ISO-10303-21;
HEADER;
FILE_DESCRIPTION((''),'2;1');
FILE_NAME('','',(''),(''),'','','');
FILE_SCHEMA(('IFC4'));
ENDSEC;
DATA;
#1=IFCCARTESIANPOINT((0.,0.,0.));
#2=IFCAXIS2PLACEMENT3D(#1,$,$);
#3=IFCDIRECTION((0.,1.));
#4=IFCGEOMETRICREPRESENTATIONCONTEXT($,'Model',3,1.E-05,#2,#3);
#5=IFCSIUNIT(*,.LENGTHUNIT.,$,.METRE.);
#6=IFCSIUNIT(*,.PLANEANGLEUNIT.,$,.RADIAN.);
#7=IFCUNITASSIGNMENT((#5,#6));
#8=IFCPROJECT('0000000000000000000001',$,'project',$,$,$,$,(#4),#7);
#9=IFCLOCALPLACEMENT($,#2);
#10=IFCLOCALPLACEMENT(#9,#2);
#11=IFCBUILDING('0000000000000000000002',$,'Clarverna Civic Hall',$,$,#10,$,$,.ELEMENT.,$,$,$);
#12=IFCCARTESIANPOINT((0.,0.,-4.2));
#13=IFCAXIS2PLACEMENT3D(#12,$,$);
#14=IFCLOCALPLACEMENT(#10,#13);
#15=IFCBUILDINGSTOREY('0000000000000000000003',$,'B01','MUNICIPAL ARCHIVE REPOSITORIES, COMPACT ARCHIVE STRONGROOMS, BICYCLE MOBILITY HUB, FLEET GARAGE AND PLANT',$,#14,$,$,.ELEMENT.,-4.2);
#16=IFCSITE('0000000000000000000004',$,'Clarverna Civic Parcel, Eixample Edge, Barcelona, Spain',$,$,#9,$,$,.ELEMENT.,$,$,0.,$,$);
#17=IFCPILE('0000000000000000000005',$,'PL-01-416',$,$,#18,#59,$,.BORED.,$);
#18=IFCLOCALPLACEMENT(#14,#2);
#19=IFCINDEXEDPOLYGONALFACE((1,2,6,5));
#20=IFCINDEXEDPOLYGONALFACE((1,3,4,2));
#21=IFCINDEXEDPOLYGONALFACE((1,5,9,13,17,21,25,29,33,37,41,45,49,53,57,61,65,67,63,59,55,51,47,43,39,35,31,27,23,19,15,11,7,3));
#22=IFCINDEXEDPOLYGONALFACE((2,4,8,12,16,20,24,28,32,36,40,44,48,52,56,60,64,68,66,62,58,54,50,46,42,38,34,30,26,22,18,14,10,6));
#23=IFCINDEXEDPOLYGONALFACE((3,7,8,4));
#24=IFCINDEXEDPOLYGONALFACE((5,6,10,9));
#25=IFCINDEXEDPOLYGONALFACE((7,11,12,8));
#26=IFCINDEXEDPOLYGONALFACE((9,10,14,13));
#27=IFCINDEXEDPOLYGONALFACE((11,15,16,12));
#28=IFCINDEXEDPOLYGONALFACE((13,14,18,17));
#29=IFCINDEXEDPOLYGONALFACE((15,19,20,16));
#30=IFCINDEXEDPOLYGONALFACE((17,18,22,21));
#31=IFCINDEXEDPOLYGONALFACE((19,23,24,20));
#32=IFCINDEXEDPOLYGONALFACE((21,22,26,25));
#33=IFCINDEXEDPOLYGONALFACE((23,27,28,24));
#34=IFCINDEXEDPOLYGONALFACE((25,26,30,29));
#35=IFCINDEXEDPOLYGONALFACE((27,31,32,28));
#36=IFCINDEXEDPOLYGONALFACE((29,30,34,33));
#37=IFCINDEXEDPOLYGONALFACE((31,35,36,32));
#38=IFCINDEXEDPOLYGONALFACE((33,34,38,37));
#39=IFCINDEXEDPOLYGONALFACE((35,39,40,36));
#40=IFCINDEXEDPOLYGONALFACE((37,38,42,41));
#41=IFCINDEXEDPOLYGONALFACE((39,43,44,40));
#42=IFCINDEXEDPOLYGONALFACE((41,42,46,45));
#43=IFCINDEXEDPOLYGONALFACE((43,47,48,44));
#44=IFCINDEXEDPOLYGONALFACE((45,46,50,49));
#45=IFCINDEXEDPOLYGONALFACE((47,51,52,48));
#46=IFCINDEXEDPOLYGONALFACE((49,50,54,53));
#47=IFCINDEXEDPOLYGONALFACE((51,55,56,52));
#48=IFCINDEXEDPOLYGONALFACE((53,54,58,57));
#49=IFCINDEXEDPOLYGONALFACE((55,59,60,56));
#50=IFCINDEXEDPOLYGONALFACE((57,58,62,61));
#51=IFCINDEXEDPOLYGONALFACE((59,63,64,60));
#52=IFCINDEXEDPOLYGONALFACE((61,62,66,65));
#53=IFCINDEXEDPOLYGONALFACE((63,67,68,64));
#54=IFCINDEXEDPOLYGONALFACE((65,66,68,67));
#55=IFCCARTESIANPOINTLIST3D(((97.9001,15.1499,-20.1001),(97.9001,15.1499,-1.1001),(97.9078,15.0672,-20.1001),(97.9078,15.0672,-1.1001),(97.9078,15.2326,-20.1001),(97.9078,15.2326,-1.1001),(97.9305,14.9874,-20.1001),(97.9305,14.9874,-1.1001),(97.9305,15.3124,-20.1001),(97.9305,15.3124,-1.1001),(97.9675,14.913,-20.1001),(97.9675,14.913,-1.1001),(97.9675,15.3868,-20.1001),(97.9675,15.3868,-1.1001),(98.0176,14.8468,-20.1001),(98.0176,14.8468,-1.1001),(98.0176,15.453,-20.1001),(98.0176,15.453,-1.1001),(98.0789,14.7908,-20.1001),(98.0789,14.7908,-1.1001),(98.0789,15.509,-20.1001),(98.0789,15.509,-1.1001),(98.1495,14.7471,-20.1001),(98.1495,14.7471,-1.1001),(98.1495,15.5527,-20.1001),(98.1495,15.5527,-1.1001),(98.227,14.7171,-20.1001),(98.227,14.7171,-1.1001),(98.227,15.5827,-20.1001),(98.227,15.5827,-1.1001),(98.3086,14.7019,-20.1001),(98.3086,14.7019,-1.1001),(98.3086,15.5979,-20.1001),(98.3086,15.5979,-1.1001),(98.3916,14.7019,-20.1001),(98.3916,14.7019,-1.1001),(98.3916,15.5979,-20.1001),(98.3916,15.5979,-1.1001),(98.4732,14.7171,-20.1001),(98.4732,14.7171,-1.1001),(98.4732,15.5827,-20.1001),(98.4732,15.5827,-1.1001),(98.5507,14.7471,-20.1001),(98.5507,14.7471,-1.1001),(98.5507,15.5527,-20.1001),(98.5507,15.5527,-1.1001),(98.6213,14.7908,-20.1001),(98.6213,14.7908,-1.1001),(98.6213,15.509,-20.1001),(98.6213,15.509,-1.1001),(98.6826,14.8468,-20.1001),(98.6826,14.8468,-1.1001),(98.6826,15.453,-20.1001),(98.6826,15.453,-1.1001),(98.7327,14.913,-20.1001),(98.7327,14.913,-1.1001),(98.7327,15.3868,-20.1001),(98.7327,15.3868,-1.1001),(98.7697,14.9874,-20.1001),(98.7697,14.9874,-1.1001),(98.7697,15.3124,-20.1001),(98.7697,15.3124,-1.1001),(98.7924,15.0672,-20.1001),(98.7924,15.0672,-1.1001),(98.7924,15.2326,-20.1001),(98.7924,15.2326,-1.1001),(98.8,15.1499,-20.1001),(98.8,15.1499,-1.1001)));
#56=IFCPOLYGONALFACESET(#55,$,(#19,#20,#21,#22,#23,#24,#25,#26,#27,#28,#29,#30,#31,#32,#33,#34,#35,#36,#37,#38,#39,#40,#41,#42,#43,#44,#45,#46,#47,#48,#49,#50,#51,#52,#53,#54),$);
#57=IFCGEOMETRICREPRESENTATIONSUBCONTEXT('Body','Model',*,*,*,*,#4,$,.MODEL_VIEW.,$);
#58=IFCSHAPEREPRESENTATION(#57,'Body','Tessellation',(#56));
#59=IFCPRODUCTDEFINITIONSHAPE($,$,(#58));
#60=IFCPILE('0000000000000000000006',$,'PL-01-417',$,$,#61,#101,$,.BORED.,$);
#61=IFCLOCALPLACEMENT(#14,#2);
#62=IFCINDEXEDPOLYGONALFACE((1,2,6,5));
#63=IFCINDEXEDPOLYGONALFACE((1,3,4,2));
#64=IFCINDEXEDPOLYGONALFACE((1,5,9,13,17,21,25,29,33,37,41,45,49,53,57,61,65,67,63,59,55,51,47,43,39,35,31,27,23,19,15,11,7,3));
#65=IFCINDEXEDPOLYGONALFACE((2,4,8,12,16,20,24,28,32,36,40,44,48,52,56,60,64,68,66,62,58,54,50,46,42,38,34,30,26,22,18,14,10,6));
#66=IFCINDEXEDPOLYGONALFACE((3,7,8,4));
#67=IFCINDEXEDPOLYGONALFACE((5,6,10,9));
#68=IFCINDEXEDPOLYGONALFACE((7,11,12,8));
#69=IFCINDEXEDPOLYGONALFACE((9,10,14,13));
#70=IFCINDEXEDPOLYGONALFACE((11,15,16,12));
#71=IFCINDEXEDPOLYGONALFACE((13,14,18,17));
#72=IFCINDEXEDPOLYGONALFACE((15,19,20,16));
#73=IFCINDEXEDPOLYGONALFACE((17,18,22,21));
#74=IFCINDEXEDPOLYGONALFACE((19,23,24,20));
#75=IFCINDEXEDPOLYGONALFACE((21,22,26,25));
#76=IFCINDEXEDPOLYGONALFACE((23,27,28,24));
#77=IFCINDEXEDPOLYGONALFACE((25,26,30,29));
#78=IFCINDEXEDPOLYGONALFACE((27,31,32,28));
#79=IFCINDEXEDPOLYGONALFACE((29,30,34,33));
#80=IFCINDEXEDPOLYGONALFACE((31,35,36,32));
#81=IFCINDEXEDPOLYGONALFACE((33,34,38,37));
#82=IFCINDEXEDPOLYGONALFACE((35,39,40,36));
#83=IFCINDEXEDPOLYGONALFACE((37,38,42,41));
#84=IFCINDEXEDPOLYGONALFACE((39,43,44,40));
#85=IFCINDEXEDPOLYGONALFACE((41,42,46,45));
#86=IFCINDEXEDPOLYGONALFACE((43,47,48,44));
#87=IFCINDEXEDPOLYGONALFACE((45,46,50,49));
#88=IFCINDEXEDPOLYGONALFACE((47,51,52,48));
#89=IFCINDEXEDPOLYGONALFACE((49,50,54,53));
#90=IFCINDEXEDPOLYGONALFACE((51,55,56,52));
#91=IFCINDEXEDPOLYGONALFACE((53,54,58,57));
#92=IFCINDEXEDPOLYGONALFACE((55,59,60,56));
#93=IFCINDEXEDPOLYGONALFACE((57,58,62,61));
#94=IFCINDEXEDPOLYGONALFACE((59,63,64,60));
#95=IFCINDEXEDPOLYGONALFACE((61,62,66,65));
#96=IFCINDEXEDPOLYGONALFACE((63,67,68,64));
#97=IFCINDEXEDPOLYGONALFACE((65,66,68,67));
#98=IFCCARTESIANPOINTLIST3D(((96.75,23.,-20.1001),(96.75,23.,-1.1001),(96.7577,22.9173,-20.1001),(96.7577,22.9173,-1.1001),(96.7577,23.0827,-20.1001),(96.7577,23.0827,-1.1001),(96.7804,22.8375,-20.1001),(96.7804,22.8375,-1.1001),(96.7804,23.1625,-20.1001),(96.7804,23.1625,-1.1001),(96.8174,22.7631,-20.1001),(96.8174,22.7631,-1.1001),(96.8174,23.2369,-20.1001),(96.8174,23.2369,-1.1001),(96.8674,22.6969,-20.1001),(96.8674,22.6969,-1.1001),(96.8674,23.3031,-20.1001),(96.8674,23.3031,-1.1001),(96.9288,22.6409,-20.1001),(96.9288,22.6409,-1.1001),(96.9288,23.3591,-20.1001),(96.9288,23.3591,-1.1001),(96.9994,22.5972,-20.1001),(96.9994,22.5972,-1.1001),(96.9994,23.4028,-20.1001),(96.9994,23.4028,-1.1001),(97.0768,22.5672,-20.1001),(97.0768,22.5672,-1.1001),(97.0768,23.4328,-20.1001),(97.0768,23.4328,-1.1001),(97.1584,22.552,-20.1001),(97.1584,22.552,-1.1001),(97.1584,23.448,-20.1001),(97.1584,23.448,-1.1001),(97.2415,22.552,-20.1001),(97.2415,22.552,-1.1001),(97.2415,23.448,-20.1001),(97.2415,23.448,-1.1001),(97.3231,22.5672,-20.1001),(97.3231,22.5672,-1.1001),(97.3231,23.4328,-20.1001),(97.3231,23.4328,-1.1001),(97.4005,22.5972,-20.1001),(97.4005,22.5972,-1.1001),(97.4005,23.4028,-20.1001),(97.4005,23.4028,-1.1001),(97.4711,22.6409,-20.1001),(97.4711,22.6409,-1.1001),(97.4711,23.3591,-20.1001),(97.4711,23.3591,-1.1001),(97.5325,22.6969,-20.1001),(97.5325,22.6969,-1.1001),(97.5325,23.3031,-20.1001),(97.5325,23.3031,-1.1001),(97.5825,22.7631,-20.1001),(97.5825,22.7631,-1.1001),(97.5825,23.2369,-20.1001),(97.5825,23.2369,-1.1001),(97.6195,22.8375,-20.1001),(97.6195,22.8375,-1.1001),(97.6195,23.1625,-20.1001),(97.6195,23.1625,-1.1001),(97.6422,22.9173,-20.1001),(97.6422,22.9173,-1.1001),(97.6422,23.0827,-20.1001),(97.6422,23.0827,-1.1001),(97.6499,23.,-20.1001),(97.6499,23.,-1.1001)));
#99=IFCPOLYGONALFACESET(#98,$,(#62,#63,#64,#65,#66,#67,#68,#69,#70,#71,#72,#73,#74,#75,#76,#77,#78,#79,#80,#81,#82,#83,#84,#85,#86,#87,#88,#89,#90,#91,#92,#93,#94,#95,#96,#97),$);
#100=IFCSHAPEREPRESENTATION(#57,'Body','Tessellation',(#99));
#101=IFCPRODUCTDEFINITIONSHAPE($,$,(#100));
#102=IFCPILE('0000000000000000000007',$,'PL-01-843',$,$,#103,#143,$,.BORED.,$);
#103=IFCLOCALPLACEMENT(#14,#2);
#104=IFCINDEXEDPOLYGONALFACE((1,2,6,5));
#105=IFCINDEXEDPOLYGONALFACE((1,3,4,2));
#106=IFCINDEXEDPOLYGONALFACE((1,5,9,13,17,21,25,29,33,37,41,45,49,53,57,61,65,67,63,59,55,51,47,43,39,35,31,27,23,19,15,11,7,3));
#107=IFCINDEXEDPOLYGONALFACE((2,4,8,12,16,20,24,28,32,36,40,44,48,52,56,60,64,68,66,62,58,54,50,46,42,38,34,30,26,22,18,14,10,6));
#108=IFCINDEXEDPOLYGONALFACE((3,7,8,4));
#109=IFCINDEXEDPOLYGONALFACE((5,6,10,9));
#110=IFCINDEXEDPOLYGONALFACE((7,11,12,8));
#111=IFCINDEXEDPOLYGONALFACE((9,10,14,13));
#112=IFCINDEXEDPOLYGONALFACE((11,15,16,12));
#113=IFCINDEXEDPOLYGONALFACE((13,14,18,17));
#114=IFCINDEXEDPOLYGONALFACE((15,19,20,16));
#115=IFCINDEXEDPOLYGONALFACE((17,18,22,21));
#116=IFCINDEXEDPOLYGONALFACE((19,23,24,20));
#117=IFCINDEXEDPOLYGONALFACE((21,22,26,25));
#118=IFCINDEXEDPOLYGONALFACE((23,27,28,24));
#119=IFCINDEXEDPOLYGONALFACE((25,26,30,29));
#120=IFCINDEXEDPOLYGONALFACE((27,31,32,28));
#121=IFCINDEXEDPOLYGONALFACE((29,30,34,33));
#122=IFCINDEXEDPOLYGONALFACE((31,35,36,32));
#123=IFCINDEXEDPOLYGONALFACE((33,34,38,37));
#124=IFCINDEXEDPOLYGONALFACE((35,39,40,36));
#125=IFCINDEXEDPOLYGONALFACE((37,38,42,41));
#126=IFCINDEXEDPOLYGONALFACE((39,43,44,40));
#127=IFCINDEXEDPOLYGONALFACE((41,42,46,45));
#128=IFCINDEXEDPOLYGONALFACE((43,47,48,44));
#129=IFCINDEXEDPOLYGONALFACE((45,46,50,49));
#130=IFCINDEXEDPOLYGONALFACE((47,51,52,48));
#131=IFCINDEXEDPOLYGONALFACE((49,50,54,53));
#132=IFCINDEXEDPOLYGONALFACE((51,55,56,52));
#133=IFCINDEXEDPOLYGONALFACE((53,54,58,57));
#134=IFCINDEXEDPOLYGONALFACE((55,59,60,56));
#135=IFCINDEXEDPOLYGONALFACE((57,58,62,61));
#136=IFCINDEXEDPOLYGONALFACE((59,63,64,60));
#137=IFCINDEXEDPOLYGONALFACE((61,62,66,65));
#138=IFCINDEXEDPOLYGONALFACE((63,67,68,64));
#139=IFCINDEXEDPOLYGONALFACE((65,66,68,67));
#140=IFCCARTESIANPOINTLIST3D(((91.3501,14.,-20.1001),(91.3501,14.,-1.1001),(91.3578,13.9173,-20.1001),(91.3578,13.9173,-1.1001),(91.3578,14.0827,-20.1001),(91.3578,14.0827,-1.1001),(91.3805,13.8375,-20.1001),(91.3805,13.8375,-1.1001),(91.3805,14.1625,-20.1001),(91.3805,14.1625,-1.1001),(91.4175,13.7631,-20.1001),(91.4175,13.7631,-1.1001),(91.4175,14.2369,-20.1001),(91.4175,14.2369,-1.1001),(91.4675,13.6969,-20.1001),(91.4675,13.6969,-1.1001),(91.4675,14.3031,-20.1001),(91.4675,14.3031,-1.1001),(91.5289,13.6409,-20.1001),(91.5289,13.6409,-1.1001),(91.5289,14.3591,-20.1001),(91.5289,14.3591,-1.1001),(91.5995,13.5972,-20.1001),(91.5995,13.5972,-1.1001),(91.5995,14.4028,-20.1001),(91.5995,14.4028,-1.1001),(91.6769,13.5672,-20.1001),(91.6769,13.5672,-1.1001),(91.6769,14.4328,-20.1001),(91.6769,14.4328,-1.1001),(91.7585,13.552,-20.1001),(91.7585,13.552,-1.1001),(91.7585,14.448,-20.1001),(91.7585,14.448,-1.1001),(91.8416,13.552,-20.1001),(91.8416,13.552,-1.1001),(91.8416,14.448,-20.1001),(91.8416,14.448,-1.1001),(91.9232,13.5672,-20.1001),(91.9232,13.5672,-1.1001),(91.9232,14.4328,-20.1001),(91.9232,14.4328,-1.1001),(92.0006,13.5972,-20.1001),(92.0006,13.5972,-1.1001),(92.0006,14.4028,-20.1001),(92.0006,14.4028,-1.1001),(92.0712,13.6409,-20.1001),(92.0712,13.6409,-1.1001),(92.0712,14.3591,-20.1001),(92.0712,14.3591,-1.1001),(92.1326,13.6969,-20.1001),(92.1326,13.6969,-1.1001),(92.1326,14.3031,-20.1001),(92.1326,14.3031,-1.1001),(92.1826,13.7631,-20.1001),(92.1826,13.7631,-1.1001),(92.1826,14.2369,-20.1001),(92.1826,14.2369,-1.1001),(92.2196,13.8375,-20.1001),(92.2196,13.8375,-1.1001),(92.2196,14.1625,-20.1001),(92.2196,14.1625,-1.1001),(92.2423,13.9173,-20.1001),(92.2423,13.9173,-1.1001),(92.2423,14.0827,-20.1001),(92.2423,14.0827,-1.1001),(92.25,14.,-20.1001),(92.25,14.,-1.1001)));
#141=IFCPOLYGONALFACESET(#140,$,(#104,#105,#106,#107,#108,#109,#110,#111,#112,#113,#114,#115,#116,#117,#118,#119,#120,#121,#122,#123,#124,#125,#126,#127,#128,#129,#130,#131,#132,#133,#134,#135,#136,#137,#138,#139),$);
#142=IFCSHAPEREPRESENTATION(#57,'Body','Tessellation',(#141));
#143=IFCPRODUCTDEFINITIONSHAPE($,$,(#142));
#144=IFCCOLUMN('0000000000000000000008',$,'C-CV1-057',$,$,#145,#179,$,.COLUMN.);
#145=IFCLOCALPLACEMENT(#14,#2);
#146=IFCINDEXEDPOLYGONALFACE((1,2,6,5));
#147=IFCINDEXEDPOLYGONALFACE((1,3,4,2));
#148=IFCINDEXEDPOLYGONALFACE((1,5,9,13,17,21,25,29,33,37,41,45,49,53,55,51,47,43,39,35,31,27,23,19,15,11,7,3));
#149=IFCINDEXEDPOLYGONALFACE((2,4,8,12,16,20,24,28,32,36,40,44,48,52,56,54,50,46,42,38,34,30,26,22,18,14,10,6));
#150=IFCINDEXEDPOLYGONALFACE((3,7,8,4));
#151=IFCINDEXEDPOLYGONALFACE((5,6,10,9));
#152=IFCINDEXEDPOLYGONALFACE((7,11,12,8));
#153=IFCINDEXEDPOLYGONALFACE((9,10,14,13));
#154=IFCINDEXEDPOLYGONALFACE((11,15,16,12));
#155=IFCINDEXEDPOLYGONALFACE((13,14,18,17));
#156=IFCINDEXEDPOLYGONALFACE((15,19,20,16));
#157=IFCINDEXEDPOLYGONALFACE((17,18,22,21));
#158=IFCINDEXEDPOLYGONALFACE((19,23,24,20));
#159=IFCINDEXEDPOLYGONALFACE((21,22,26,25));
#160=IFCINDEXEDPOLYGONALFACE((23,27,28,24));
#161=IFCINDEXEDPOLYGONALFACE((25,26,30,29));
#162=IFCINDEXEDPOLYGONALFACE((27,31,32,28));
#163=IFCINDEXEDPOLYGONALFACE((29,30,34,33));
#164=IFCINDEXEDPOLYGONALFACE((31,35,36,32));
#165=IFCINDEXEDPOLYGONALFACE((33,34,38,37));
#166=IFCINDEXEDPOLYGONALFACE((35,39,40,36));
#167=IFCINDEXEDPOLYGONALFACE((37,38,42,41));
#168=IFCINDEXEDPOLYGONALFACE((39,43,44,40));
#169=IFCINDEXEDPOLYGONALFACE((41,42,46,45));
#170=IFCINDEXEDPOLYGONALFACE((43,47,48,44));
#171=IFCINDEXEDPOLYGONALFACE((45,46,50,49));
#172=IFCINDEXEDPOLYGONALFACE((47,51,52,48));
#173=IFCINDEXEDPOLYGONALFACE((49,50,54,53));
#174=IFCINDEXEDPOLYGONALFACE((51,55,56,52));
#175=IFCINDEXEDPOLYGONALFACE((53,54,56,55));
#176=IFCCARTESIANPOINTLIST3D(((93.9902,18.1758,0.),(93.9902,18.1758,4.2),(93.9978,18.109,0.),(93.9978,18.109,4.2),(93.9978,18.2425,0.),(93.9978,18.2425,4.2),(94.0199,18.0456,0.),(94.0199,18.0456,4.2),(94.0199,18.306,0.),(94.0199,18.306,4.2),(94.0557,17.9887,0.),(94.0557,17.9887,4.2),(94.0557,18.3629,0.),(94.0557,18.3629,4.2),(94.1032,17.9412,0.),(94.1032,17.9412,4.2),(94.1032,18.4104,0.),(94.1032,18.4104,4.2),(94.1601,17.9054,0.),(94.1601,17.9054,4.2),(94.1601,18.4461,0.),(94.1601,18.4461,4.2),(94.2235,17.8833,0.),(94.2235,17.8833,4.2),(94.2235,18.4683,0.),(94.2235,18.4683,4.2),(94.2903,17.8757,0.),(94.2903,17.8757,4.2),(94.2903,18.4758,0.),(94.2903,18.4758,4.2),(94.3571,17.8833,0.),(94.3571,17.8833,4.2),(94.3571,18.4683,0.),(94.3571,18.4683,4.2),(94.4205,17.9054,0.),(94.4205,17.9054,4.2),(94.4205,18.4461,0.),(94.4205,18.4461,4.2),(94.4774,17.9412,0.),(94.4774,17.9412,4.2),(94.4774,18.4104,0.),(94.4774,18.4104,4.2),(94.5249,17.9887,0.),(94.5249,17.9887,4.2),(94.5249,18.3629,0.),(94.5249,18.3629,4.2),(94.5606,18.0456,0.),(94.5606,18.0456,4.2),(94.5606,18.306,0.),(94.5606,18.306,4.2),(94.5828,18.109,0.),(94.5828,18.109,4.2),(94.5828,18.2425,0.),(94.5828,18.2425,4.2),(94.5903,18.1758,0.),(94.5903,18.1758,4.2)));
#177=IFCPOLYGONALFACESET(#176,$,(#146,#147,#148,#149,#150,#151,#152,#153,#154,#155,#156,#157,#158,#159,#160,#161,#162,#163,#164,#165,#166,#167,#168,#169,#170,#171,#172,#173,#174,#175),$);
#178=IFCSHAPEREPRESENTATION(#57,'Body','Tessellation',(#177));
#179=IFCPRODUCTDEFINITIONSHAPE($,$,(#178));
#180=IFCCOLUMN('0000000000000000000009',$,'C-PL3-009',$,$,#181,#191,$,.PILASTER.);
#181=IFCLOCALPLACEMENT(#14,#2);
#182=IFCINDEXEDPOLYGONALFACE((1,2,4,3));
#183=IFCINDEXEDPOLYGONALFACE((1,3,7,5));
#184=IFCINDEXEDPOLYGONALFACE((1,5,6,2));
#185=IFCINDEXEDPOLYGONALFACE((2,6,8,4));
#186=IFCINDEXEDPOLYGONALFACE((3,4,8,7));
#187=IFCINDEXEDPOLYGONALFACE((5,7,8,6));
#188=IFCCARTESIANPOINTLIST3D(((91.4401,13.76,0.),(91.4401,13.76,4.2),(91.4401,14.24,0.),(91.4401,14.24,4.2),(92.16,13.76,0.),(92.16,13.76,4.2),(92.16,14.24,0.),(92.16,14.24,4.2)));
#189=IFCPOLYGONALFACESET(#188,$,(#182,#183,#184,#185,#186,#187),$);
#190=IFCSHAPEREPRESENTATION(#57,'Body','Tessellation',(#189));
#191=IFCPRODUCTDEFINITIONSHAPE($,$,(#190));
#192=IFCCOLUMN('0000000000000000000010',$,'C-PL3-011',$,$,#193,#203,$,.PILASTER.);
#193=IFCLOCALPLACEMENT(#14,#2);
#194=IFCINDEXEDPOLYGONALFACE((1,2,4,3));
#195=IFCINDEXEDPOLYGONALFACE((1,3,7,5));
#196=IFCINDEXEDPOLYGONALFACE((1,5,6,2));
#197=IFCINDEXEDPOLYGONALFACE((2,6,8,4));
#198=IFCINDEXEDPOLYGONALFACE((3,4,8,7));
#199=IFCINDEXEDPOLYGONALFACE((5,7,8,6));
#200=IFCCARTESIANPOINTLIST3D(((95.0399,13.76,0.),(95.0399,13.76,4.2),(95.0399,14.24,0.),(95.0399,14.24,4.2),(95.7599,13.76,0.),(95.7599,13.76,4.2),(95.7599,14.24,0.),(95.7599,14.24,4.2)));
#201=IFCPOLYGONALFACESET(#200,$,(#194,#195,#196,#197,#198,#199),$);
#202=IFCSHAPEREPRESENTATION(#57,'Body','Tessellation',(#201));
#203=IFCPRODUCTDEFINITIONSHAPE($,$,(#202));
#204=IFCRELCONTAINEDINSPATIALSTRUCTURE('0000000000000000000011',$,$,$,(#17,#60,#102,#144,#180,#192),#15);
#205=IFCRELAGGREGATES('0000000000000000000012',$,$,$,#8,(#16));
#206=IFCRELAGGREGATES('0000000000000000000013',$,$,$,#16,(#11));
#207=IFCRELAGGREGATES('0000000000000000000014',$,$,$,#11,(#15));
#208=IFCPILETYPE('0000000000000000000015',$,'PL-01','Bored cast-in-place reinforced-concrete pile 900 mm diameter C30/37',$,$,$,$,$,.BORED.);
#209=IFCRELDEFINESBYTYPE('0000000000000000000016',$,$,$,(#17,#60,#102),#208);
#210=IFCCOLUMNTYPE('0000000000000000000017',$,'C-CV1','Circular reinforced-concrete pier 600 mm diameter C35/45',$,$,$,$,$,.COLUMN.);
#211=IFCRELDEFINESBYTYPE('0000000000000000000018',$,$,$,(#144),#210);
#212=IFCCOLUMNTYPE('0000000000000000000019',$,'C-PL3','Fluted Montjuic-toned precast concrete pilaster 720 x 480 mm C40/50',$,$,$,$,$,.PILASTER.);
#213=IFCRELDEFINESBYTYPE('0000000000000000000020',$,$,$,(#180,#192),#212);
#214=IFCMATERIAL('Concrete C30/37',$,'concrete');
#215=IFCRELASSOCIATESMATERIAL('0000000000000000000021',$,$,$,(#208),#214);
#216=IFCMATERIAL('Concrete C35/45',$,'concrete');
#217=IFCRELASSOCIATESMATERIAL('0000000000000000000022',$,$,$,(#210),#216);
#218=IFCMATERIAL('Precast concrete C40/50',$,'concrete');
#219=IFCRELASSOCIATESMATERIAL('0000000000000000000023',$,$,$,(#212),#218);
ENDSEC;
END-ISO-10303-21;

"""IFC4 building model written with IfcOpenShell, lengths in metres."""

from ifc_helpers import new_model, si_unit, direction, frame, origin, origin_2d, place, context, subcontext, project, spatial, rectangle, circle, extrude, material, material_profile, profile_set, type_object, element, save


model = new_model("IFC4")

# Units and contexts
model_context = context("Model", 3, precision=1e-05, world=origin(), true_north=direction((0.0, 1.0)))
body_context = subcontext(model_context, "Body", "Model", "MODEL_VIEW")
ifc_project = project(units=[si_unit("LENGTHUNIT", "METRE"), si_unit("PLANEANGLEUNIT", "RADIAN")], contexts=[model_context])

# Site, building, storey
site_placement = place(None, origin())
site = spatial("IfcSite", under=ifc_project, at=site_placement, Name="Clarverna Civic Parcel, Eixample Edge, Barcelona, Spain", CompositionType="ELEMENT", RefElevation=0.0)
building_placement = place(site_placement, origin())
building = spatial("IfcBuilding", under=site, at=building_placement, Name="Clarverna Civic Hall", CompositionType="ELEMENT")
storey_placement = place(building_placement, frame((0.0, 0.0, -4.2)))
storey = spatial("IfcBuildingStorey", under=building, at=storey_placement, Name="B01", Description="MUNICIPAL ARCHIVE REPOSITORIES, COMPACT ARCHIVE STRONGROOMS, BICYCLE MOBILITY HUB, FLEET GARAGE AND PLANT", CompositionType="ELEMENT", Elevation=-4.2)

# Shared definitions
ifc_material_1 = material(Name="Concrete C30/37", Category="concrete")

# Piles
ifc_material_profile_1 = material_profile(ifc_material_1, circle(Radius=0.45, at=origin_2d()), Name="BORED PILE D900")
ifc_profile_set_1 = profile_set([ifc_material_profile_1], Name="Concrete C30/37")
pile_type = type_object("IfcPileType", Name="PL-01", Description="Bored cast-in-place reinforced-concrete pile 900 mm diameter C30/37", PredefinedType="BORED", material=ifc_profile_set_1)
for number, where, z_axis, x_axis, name in (
    (1, (98.3501, 15.1499, -1.1001), (0.0, 0.0, -1.0), (1.0, 0.0, 0.0), "PL-01-416"),
    (2, (97.2, 23.0, -1.1001), (0.0, 0.0, -1.0), (1.0, 0.0, 0.0), "PL-01-417"),
    (3, (91.8, 14.0, -1.1001), (0.0, 0.0, -1.0), (1.0, 0.0, 0.0), "PL-01-843"),
):
    element("IfcPile", number, at=place(storey_placement, frame(where, z_axis=z_axis, x_axis=x_axis)), inside=storey, type_object=pile_type, Name=name, PredefinedType="BORED", context=body_context, shape_type="SweptSolid", body=[
        extrude(circle(Radius=0.45, at=origin_2d()), origin(), (0.0, 0.0, 1.0), 19.0),
    ])

# Columns
ifc_material_2 = material(Name="Concrete C35/45", Category="concrete")
ifc_material_profile_2 = material_profile(ifc_material_2, circle(Radius=0.3, at=origin_2d()), Name="RC D600")
ifc_profile_set_2 = profile_set([ifc_material_profile_2], Name="Concrete C35/45")
column_type_1 = type_object("IfcColumnType", Name="C-CV1", Description="Circular reinforced-concrete pier 600 mm diameter C35/45", PredefinedType="COLUMN", material=ifc_profile_set_2)
column_placement = place(storey_placement, frame((94.2903, 18.1758, 0.0), z_axis=(0.0, 0.0, 1.0), x_axis=(1.0, 0.0, 0.0)))
element("IfcColumn", 4, at=column_placement, inside=storey, type_object=column_type_1, Name="C-CV1-057", PredefinedType="COLUMN", context=body_context, shape_type="SweptSolid", body=[
    extrude(circle(Radius=0.3, at=origin_2d()), origin(), (0.0, 0.0, 1.0), 4.2),
])
ifc_material_3 = material(Name="Precast concrete C40/50", Category="concrete")
ifc_material_profile_3 = material_profile(ifc_material_3, rectangle(XDim=0.72, YDim=0.48, at=origin_2d()), Name="PILASTER 720x480")
ifc_profile_set_3 = profile_set([ifc_material_profile_3], Name="Precast concrete C40/50")
column_type_2 = type_object("IfcColumnType", Name="C-PL3", Description="Fluted Montjuic-toned precast concrete pilaster 720 x 480 mm C40/50", PredefinedType="PILASTER", material=ifc_profile_set_3)
for number, where, z_axis, x_axis, name in (
    (5, (91.8, 14.0, 0.0), (0.0, 0.0, 1.0), (1.0, 0.0, 0.0), "C-PL3-009"),
    (6, (95.3999, 14.0, 0.0), (0.0, 0.0, 1.0), (1.0, 0.0, 0.0), "C-PL3-011"),
):
    element("IfcColumn", number, at=place(storey_placement, frame(where, z_axis=z_axis, x_axis=x_axis)), inside=storey, type_object=column_type_2, Name=name, PredefinedType="PILASTER", context=body_context, shape_type="SweptSolid", body=[
        extrude(rectangle(XDim=0.72, YDim=0.48, at=origin_2d()), origin(), (0.0, 0.0, 1.0), 4.2),
    ])

save(model, "model.ifc")
